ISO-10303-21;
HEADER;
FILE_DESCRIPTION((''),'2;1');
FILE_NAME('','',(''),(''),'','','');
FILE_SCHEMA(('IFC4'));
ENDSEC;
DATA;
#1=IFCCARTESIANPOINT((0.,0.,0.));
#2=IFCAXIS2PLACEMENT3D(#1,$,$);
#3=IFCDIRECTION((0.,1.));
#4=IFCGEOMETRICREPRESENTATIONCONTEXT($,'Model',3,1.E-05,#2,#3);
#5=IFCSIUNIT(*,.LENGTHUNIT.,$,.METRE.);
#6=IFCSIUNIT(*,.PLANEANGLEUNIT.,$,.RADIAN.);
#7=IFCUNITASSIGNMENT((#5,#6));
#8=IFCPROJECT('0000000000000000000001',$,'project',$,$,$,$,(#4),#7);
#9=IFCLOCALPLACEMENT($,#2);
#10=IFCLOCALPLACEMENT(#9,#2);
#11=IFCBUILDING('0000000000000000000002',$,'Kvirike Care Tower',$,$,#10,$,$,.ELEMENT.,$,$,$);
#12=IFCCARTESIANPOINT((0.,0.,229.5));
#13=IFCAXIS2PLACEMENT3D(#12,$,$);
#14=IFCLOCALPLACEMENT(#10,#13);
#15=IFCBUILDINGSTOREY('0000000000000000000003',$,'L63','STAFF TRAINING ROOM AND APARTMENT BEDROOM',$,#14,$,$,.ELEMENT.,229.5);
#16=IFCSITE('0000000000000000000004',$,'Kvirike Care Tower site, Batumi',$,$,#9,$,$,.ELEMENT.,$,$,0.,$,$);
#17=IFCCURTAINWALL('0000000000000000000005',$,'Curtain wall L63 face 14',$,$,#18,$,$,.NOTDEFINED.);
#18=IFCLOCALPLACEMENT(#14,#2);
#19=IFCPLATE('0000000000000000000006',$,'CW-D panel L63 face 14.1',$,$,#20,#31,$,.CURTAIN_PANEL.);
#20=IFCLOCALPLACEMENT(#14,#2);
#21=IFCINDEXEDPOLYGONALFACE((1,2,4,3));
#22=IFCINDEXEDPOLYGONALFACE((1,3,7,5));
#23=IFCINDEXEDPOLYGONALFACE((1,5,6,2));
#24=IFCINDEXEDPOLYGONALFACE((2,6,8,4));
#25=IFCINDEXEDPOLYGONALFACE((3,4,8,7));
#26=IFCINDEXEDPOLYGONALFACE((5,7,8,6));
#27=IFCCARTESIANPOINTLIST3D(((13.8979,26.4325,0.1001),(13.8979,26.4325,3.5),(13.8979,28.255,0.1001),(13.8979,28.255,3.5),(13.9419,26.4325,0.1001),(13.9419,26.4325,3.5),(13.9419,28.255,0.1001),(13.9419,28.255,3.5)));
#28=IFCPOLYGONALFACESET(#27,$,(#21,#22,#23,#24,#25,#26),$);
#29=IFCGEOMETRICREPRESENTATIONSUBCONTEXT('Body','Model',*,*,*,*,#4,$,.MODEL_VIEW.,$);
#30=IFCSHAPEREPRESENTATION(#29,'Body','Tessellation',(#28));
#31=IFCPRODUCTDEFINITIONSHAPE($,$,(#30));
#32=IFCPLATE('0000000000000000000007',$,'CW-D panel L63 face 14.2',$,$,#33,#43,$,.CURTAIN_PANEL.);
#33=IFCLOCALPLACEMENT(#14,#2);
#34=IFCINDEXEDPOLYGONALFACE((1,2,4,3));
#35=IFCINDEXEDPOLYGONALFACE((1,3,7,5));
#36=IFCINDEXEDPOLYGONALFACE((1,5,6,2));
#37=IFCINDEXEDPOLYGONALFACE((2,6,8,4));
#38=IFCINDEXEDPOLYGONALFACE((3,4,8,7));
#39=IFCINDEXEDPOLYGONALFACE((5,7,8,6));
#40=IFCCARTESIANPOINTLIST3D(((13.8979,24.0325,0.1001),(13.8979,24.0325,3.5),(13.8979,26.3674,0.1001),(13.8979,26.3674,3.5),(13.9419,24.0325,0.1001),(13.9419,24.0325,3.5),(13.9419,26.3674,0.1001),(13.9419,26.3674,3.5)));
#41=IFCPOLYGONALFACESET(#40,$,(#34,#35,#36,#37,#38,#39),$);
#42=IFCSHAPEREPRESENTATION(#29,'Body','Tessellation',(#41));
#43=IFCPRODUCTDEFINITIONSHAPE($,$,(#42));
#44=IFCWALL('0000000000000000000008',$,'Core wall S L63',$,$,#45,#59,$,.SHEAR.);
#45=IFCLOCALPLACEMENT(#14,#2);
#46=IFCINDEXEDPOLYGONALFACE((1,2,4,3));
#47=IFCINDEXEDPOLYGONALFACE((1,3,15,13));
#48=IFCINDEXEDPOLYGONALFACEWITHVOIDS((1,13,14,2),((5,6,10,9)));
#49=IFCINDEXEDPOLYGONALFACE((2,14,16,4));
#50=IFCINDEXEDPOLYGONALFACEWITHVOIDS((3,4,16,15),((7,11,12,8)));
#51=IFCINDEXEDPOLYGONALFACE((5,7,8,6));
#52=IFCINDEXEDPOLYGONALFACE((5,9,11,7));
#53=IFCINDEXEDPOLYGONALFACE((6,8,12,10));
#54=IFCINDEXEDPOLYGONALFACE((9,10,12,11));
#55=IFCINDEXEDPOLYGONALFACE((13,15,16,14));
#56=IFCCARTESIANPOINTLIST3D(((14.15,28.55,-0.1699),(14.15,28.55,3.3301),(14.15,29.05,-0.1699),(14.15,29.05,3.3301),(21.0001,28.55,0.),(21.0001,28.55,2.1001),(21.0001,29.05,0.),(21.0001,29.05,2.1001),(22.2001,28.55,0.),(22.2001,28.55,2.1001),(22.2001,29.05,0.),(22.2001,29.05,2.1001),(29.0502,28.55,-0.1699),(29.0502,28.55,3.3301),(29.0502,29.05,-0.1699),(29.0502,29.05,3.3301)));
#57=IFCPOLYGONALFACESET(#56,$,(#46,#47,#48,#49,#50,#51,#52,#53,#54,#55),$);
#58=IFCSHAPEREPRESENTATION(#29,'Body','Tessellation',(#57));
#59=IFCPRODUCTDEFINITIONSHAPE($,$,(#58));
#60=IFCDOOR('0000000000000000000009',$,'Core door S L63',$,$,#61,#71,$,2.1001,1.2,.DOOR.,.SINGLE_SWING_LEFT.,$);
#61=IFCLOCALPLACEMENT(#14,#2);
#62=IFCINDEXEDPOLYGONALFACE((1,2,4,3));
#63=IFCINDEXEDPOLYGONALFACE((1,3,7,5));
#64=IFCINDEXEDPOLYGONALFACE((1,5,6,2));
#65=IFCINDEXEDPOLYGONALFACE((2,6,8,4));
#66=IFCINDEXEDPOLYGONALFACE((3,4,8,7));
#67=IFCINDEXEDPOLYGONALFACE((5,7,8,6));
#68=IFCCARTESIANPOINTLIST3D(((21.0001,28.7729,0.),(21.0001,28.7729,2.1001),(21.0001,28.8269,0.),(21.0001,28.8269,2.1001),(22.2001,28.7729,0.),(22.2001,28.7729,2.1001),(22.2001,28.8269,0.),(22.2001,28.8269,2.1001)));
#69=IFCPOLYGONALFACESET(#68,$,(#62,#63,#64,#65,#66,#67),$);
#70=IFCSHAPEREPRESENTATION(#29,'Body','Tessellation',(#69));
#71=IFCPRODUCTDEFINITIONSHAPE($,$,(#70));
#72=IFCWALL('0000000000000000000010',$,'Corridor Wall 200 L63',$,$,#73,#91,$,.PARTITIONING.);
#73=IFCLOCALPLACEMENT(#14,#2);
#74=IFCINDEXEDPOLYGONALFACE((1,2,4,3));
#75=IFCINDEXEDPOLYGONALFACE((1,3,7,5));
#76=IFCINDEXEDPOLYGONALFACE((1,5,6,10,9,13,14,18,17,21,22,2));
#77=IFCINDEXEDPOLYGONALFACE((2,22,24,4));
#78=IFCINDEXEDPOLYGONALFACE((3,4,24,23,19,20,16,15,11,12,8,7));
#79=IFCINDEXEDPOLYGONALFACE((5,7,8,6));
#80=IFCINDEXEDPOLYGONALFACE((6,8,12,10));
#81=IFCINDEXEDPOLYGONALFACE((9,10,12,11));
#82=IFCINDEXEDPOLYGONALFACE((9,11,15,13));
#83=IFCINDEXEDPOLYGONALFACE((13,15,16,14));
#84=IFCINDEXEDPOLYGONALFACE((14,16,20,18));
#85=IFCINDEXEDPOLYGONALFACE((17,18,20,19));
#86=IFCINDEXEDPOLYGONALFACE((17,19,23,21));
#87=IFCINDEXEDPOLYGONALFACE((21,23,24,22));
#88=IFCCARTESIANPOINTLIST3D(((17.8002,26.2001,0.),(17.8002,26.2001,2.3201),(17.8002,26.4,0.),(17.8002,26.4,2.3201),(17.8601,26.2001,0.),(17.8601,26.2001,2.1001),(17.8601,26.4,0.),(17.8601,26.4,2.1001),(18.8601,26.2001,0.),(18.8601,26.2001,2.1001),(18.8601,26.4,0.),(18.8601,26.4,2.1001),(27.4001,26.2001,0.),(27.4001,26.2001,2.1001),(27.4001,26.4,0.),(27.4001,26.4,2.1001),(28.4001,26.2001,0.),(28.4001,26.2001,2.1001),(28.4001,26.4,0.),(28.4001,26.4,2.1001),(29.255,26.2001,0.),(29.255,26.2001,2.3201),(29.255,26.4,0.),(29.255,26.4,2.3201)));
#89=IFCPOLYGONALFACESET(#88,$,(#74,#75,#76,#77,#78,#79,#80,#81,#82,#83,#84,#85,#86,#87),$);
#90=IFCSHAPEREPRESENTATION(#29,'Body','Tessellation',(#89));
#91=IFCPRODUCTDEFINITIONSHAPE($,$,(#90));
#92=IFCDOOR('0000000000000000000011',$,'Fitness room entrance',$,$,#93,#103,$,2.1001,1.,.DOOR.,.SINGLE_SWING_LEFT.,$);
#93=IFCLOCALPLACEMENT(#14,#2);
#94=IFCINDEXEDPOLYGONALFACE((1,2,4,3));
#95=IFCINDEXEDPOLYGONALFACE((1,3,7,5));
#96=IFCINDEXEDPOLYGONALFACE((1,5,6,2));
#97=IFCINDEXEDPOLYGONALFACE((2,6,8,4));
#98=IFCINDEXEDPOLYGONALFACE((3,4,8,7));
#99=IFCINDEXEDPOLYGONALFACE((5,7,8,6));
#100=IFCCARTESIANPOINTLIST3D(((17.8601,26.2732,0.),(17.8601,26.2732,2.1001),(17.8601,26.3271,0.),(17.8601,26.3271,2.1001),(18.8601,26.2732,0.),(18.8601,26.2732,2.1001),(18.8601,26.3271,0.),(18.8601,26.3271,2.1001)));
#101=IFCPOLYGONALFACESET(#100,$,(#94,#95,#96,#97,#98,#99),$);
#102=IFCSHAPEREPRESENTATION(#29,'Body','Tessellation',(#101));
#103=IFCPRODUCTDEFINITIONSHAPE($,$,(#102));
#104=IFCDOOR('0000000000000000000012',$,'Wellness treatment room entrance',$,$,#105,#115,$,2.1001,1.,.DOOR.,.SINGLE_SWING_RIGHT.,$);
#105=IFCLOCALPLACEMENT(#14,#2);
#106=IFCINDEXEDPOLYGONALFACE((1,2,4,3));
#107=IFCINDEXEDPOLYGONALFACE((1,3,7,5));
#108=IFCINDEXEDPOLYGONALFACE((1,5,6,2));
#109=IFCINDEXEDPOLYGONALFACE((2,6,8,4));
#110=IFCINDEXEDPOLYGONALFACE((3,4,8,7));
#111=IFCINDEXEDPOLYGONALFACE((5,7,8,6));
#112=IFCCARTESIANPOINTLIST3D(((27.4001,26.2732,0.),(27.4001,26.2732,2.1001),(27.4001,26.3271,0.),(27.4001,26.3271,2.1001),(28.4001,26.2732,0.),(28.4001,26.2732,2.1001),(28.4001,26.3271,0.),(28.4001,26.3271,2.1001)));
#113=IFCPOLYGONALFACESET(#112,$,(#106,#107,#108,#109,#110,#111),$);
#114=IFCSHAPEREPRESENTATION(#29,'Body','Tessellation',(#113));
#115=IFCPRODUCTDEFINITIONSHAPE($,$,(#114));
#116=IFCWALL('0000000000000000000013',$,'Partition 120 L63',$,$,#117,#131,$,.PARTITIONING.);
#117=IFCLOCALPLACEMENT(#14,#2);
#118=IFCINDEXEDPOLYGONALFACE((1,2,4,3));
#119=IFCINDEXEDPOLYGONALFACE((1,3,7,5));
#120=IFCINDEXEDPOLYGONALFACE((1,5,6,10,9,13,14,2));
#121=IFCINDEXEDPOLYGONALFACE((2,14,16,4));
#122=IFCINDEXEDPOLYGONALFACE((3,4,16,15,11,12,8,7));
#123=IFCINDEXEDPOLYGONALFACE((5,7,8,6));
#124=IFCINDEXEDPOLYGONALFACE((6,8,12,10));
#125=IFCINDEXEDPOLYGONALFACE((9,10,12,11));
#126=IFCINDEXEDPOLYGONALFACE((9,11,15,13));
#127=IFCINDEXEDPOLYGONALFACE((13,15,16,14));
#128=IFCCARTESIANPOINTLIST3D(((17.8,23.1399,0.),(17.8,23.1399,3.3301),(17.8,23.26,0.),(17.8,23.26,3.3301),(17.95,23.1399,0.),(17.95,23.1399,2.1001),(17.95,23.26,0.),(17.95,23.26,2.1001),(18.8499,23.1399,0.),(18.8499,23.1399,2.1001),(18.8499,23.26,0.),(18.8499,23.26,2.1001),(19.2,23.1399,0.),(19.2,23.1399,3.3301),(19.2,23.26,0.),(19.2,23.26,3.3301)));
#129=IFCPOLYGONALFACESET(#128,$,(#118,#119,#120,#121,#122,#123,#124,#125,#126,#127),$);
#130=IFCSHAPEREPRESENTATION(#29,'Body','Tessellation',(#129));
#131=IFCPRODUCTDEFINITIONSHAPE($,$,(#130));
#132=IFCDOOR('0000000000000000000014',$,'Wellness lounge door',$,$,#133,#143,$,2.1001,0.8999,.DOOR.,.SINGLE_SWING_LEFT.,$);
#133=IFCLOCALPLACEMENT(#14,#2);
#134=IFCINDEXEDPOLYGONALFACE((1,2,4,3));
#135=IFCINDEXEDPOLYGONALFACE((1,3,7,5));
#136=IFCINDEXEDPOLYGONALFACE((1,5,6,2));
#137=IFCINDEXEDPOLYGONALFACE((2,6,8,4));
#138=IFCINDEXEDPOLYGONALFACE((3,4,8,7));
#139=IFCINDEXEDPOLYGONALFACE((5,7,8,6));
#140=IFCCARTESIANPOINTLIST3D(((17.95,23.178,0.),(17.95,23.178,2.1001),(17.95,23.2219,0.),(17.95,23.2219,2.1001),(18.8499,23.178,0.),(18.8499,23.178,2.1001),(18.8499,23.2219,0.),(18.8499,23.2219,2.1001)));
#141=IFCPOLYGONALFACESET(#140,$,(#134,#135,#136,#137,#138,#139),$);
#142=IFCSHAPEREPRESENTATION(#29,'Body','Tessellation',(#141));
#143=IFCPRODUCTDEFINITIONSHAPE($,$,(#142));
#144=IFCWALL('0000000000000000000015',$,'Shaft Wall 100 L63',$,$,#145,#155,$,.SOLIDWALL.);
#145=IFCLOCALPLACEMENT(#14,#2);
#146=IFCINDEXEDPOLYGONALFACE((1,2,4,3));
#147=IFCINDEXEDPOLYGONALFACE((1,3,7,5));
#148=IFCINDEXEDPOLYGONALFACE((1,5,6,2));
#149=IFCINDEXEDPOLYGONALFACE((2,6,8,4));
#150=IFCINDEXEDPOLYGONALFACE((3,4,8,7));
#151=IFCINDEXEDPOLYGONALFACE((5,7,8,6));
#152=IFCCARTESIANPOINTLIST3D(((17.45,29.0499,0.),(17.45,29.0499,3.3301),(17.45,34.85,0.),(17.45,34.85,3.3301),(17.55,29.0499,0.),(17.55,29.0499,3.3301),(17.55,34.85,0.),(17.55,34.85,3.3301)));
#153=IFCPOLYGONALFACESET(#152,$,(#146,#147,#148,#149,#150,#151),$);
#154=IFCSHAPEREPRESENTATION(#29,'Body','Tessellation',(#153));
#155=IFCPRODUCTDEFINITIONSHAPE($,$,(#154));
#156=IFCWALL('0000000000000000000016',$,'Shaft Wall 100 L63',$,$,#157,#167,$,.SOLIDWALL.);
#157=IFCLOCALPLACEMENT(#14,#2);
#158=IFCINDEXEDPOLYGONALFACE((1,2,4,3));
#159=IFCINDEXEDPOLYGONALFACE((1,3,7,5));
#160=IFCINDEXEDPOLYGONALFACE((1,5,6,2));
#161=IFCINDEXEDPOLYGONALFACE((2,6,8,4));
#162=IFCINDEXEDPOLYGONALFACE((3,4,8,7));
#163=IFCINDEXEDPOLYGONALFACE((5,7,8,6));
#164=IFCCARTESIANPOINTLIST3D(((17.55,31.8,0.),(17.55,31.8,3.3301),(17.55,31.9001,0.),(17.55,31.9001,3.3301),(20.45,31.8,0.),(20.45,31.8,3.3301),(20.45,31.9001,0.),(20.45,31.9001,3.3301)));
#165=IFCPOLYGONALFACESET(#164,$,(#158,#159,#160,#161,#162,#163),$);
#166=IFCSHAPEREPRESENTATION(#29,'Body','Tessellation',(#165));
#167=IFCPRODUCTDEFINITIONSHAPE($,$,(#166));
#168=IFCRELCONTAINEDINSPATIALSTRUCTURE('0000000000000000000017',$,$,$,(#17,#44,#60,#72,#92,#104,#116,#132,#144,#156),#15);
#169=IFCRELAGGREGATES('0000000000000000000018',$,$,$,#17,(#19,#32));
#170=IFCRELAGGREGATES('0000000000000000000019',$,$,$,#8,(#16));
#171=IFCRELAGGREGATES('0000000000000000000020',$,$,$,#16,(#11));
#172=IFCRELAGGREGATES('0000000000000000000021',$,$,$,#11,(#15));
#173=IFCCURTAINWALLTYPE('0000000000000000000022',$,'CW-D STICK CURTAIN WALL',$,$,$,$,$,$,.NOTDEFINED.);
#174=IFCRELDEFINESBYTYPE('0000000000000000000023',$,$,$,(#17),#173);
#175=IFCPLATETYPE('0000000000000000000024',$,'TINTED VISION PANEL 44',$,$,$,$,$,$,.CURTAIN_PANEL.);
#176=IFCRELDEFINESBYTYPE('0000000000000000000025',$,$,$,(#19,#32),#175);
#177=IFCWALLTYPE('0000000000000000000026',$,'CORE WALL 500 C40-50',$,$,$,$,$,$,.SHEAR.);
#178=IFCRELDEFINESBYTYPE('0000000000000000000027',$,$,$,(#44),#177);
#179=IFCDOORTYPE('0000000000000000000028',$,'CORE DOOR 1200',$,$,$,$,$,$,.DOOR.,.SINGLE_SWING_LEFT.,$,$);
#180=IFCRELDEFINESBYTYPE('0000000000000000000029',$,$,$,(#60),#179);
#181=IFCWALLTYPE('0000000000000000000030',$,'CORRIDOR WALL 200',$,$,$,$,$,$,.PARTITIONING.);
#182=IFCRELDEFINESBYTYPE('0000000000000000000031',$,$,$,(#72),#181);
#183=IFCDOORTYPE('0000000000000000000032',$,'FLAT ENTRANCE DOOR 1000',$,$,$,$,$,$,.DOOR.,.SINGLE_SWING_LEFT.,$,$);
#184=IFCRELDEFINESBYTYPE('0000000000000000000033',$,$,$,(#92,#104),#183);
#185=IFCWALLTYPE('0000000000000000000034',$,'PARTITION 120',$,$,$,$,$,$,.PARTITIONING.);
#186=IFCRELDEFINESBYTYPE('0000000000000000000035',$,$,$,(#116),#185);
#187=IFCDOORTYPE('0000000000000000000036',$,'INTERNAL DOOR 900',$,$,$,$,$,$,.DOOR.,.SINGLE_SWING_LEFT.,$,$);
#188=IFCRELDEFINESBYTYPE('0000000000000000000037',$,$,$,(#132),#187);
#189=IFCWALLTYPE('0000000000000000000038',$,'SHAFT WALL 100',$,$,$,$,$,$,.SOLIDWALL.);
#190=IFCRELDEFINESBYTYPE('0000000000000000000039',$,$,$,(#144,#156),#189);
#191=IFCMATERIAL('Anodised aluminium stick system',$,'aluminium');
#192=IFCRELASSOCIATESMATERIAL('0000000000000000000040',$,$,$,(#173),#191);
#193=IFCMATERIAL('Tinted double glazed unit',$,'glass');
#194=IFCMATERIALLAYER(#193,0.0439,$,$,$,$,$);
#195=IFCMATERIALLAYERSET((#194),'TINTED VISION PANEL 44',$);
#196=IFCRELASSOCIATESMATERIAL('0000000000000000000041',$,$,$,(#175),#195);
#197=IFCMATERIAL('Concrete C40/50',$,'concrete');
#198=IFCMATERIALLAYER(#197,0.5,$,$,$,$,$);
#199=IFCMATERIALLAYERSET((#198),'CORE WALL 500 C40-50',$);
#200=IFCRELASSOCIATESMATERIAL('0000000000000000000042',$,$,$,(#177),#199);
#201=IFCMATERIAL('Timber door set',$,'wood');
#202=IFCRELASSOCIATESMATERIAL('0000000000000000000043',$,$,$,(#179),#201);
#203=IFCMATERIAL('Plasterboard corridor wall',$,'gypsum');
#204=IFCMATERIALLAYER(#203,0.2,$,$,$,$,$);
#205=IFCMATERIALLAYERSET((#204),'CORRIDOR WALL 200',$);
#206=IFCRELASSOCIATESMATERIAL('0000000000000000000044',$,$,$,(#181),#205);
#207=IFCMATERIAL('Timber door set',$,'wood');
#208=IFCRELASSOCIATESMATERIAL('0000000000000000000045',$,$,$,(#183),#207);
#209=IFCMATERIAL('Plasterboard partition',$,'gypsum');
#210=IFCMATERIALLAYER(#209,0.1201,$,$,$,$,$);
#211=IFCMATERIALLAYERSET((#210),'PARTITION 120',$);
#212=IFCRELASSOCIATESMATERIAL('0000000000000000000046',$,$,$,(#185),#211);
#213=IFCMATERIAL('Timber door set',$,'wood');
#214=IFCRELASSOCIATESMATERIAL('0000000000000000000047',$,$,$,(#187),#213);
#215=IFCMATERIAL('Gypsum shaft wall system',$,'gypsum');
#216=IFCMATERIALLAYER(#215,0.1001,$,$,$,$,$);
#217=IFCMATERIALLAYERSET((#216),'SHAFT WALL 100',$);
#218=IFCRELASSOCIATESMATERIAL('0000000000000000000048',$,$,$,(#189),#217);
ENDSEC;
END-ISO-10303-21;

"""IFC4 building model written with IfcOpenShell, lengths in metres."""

from ifc_helpers import new_model, si_unit, direction, frame, frame_2d, origin, origin_2d, place, context, subcontext, project, spatial, rectangle, extrude, material, layer, layer_set, type_object, element, fill, aggregate, save


model = new_model("IFC4")

# Units and contexts
model_context = context("Model", 3, precision=1e-05, world=origin(), true_north=direction((0.0, 1.0)))
body_context = subcontext(model_context, "Body", "Model", "MODEL_VIEW")
ifc_project = project(units=[si_unit("LENGTHUNIT", "METRE"), si_unit("PLANEANGLEUNIT", "RADIAN")], contexts=[model_context])

# Site, building, storey
site_placement = place(None, origin())
site = spatial("IfcSite", under=ifc_project, at=site_placement, Name="Kvirike Care Tower site, Batumi", CompositionType="ELEMENT", RefElevation=0.0)
building_placement = place(site_placement, origin())
building = spatial("IfcBuilding", under=site, at=building_placement, Name="Kvirike Care Tower", CompositionType="ELEMENT")
storey_placement = place(building_placement, frame((0.0, 0.0, 229.5)))
storey = spatial("IfcBuildingStorey", under=building, at=storey_placement, Name="L63", Description="STAFF TRAINING ROOM AND APARTMENT BEDROOM", CompositionType="ELEMENT", Elevation=229.5)

# Curtain wall
ifc_material_1 = material(Name="Anodised aluminium stick system", Category="aluminium")
curtain_wall_type = type_object("IfcCurtainWallType", Name="CW-D STICK CURTAIN WALL", PredefinedType="NOTDEFINED", material=ifc_material_1)
curtain_wall_placement = place(storey_placement, origin())
curtain_wall = element("IfcCurtainWall", 1, at=curtain_wall_placement, inside=storey, type_object=curtain_wall_type, Name="Curtain wall L63 face 14", PredefinedType="NOTDEFINED")

# Plates
ifc_material_2 = material(Name="Tinted double glazed unit", Category="glass")
ifc_layer_1 = layer(ifc_material_2, 0.0439)
ifc_layer_set_1 = layer_set([ifc_layer_1], Name="TINTED VISION PANEL 44")
plate_type = type_object("IfcPlateType", Name="TINTED VISION PANEL 44", PredefinedType="CURTAIN_PANEL", material=ifc_layer_set_1)
plate_1_placement = place(storey_placement, frame((13.9199, 27.3438, 0.1001), z_axis=(0.0, 0.0, 1.0), x_axis=(0.0, -1.0, 0.0)))
plate_1 = element("IfcPlate", 2, at=plate_1_placement, type_object=plate_type, Name="CW-D panel L63 face 14.1", PredefinedType="CURTAIN_PANEL", context=body_context, shape_type="SweptSolid", body=[
    extrude(rectangle(XDim=1.8225, YDim=0.0439, at=origin_2d()), origin(), (0.0, 0.0, 1.0), 3.3999),
])
plate_2_placement = place(storey_placement, frame((13.9199, 25.2, 0.1001), z_axis=(0.0, 0.0, 1.0), x_axis=(0.0, -1.0, 0.0)))
plate_2 = element("IfcPlate", 3, at=plate_2_placement, type_object=plate_type, Name="CW-D panel L63 face 14.2", PredefinedType="CURTAIN_PANEL", context=body_context, shape_type="SweptSolid", body=[
    extrude(rectangle(XDim=2.335, YDim=0.0439, at=origin_2d()), origin(), (0.0, 0.0, 1.0), 3.3999),
])
aggregate(curtain_wall, [plate_1, plate_2])

# Wall, opening, door
ifc_material_3 = material(Name="Concrete C40/50", Category="concrete")
ifc_layer_2 = layer(ifc_material_3, 0.5)
ifc_layer_set_2 = layer_set([ifc_layer_2], Name="CORE WALL 500 C40-50")
wall_type_1 = type_object("IfcWallType", Name="CORE WALL 500 C40-50", PredefinedType="SHEAR", material=ifc_layer_set_2)
wall_1_placement = place(storey_placement, frame((14.1499, 28.8, -0.1699), z_axis=(0.0, 0.0, 1.0), x_axis=(1.0, 0.0, 0.0)))
wall_1 = element("IfcWall", 4, at=wall_1_placement, inside=storey, type_object=wall_type_1, Name="Core wall S L63", PredefinedType="SHEAR", context=body_context, shape_type="SweptSolid", body=[
    extrude(rectangle(XDim=14.9001, YDim=0.5, at=frame_2d((7.4502, 0.0))), origin(), (0.0, 0.0, 1.0), 3.5),
])
opening_1_placement = place(wall_1_placement, frame((6.8501, 0.0, 0.1699)))
opening_1 = element("IfcOpeningElement", 5, at=opening_1_placement, cuts=wall_1, PredefinedType="OPENING", context=body_context, shape_type="SweptSolid", body=[
    extrude(rectangle(XDim=1.2, YDim=2.1001, at=frame_2d((0.6001, 1.05))), frame((0.0, 0.2605, 0.0), z_axis=(0.0, -1.0, 0.0), x_axis=(1.0, 0.0, 0.0)), (0.0, 0.0, 1.0), 0.521),
])
ifc_material_4 = material(Name="Timber door set", Category="wood")
door_type_1 = type_object("IfcDoorType", Name="CORE DOOR 1200", OperationType="SINGLE_SWING_LEFT", PredefinedType="DOOR", material=ifc_material_4)
door_1_placement = place(opening_1_placement, origin())
door_1 = element("IfcDoor", 6, at=door_1_placement, inside=storey, type_object=door_type_1, Name="Core door S L63", OperationType="SINGLE_SWING_LEFT", OverallHeight=2.1001, OverallWidth=1.2, PredefinedType="DOOR", context=body_context, shape_type="SweptSolid", body=[
    extrude(rectangle(XDim=1.2, YDim=2.1001, at=frame_2d((0.6001, 1.05))), frame((0.0, 0.0269, 0.0), z_axis=(0.0, -1.0, 0.0), x_axis=(1.0, 0.0, 0.0)), (0.0, 0.0, 1.0), 0.054),
])
fill(opening_1, door_1)

# Wall, openings, doors
ifc_material_5 = material(Name="Plasterboard corridor wall", Category="gypsum")
ifc_layer_3 = layer(ifc_material_5, 0.2)
ifc_layer_set_3 = layer_set([ifc_layer_3], Name="CORRIDOR WALL 200")
wall_type_2 = type_object("IfcWallType", Name="CORRIDOR WALL 200", PredefinedType="PARTITIONING", material=ifc_layer_set_3)
wall_2_placement = place(storey_placement, frame((17.8, 26.3, 0.0), z_axis=(0.0, 0.0, 1.0), x_axis=(1.0, 0.0, 0.0)))
wall_2 = element("IfcWall", 7, at=wall_2_placement, inside=storey, type_object=wall_type_2, Name="Corridor Wall 200 L63", PredefinedType="PARTITIONING", context=body_context, shape_type="SweptSolid", body=[
    extrude(rectangle(XDim=11.4548, YDim=0.2, at=frame_2d((5.7275, 0.0))), origin(), (0.0, 0.0, 1.0), 2.3201),
])
opening_2_placement = place(wall_2_placement, frame((0.0601, 0.0, 0.0)))
opening_2 = element("IfcOpeningElement", 8, at=opening_2_placement, cuts=wall_2, PredefinedType="OPENING", context=body_context, shape_type="SweptSolid", body=[
    extrude(rectangle(XDim=1.0, YDim=2.1001, at=frame_2d((0.5, 1.05))), frame((0.0, 0.1106, 0.0), z_axis=(0.0, -1.0, 0.0), x_axis=(1.0, 0.0, 0.0)), (0.0, 0.0, 1.0), 0.2209),
])
opening_3_placement = place(wall_2_placement, frame((9.6001, 0.0, 0.0)))
opening_3 = element("IfcOpeningElement", 9, at=opening_3_placement, cuts=wall_2, PredefinedType="OPENING", context=body_context, shape_type="SweptSolid", body=[
    extrude(rectangle(XDim=1.0, YDim=2.1001, at=frame_2d((0.5, 1.05))), frame((0.0, 0.1106, 0.0), z_axis=(0.0, -1.0, 0.0), x_axis=(1.0, 0.0, 0.0)), (0.0, 0.0, 1.0), 0.2209),
])
ifc_material_6 = material(Name="Timber door set", Category="wood")
door_type_2 = type_object("IfcDoorType", Name="FLAT ENTRANCE DOOR 1000", OperationType="SINGLE_SWING_LEFT", PredefinedType="DOOR", material=ifc_material_6)
door_2_placement = place(opening_2_placement, frame((1.0, 0.0, 0.0), z_axis=(0.0, 0.0, 1.0), x_axis=(-1.0, 0.0, 0.0)))
door_2 = element("IfcDoor", 10, at=door_2_placement, inside=storey, type_object=door_type_2, Name="Fitness room entrance", OperationType="SINGLE_SWING_LEFT", OverallHeight=2.1001, OverallWidth=1.0, PredefinedType="DOOR", context=body_context, shape_type="SweptSolid", body=[
    extrude(rectangle(XDim=1.0, YDim=2.1001, at=frame_2d((0.5, 1.05))), frame((0.0, 0.0269, 0.0), z_axis=(0.0, -1.0, 0.0), x_axis=(1.0, 0.0, 0.0)), (0.0, 0.0, 1.0), 0.054),
])
fill(opening_2, door_2)
door_3_placement = place(opening_3_placement, frame((1.0, 0.0, 0.0), z_axis=(0.0, 0.0, 1.0), x_axis=(-1.0, 0.0, 0.0)))
door_3 = element("IfcDoor", 11, at=door_3_placement, inside=storey, type_object=door_type_2, Name="Wellness treatment room entrance", OperationType="SINGLE_SWING_RIGHT", OverallHeight=2.1001, OverallWidth=1.0, PredefinedType="DOOR", context=body_context, shape_type="SweptSolid", body=[
    extrude(rectangle(XDim=1.0, YDim=2.1001, at=frame_2d((0.5, 1.05))), frame((0.0, 0.0269, 0.0), z_axis=(0.0, -1.0, 0.0), x_axis=(1.0, 0.0, 0.0)), (0.0, 0.0, 1.0), 0.054),
])
fill(opening_3, door_3)

# Wall, opening, door
ifc_material_7 = material(Name="Plasterboard partition", Category="gypsum")
ifc_layer_4 = layer(ifc_material_7, 0.1201)
ifc_layer_set_4 = layer_set([ifc_layer_4], Name="PARTITION 120")
wall_type_3 = type_object("IfcWallType", Name="PARTITION 120", PredefinedType="PARTITIONING", material=ifc_layer_set_4)
wall_3_placement = place(storey_placement, frame((17.8, 23.2, 0.0), z_axis=(0.0, 0.0, 1.0), x_axis=(1.0, 0.0, 0.0)))
wall_3 = element("IfcWall", 12, at=wall_3_placement, inside=storey, type_object=wall_type_3, Name="Partition 120 L63", PredefinedType="PARTITIONING", context=body_context, shape_type="SweptSolid", body=[
    extrude(rectangle(XDim=1.3999, YDim=0.1201, at=frame_2d((0.7, 0.0))), origin(), (0.0, 0.0, 1.0), 3.3301),
])
opening_4_placement = place(wall_3_placement, frame((0.1499, 0.0, 0.0)))
opening_4 = element("IfcOpeningElement", 13, at=opening_4_placement, cuts=wall_3, PredefinedType="OPENING", context=body_context, shape_type="SweptSolid", body=[
    extrude(rectangle(XDim=0.8999, YDim=2.1001, at=frame_2d((0.45, 1.05))), frame((0.0, 0.0706, 0.0), z_axis=(0.0, -1.0, 0.0), x_axis=(1.0, 0.0, 0.0)), (0.0, 0.0, 1.0), 0.1411),
])
ifc_material_8 = material(Name="Timber door set", Category="wood")
door_type_3 = type_object("IfcDoorType", Name="INTERNAL DOOR 900", OperationType="SINGLE_SWING_LEFT", PredefinedType="DOOR", material=ifc_material_8)
door_4_placement = place(opening_4_placement, frame((0.8999, 0.0, 0.0), z_axis=(0.0, 0.0, 1.0), x_axis=(-1.0, 0.0, 0.0)))
door_4 = element("IfcDoor", 14, at=door_4_placement, inside=storey, type_object=door_type_3, Name="Wellness lounge door", OperationType="SINGLE_SWING_LEFT", OverallHeight=2.1001, OverallWidth=0.8999, PredefinedType="DOOR", context=body_context, shape_type="SweptSolid", body=[
    extrude(rectangle(XDim=0.8999, YDim=2.1001, at=frame_2d((0.45, 1.05))), frame((0.0, 0.022, 0.0), z_axis=(0.0, -1.0, 0.0), x_axis=(1.0, 0.0, 0.0)), (0.0, 0.0, 1.0), 0.0439),
])
fill(opening_4, door_4)

# Walls
ifc_material_9 = material(Name="Gypsum shaft wall system", Category="gypsum")
ifc_layer_5 = layer(ifc_material_9, 0.1001)
ifc_layer_set_5 = layer_set([ifc_layer_5], Name="SHAFT WALL 100")
wall_type_4 = type_object("IfcWallType", Name="SHAFT WALL 100", PredefinedType="SOLIDWALL", material=ifc_layer_set_5)
wall_4_placement = place(storey_placement, frame((17.5, 29.05, 0.0), z_axis=(0.0, 0.0, 1.0), x_axis=(0.0, 1.0, 0.0)))
element("IfcWall", 15, at=wall_4_placement, inside=storey, type_object=wall_type_4, Name="Shaft Wall 100 L63", PredefinedType="SOLIDWALL", context=body_context, shape_type="SweptSolid", body=[
    extrude(rectangle(XDim=5.8, YDim=0.1001, at=frame_2d((2.8999, 0.0))), origin(), (0.0, 0.0, 1.0), 3.3301),
])
wall_5_placement = place(storey_placement, frame((17.55, 31.8501, 0.0), z_axis=(0.0, 0.0, 1.0), x_axis=(1.0, 0.0, 0.0)))
element("IfcWall", 16, at=wall_5_placement, inside=storey, type_object=wall_type_4, Name="Shaft Wall 100 L63", PredefinedType="SOLIDWALL", context=body_context, shape_type="SweptSolid", body=[
    extrude(rectangle(XDim=2.8999, YDim=0.1001, at=frame_2d((1.45, 0.0))), origin(), (0.0, 0.0, 1.0), 3.3301),
])

save(model, "model.ifc")
